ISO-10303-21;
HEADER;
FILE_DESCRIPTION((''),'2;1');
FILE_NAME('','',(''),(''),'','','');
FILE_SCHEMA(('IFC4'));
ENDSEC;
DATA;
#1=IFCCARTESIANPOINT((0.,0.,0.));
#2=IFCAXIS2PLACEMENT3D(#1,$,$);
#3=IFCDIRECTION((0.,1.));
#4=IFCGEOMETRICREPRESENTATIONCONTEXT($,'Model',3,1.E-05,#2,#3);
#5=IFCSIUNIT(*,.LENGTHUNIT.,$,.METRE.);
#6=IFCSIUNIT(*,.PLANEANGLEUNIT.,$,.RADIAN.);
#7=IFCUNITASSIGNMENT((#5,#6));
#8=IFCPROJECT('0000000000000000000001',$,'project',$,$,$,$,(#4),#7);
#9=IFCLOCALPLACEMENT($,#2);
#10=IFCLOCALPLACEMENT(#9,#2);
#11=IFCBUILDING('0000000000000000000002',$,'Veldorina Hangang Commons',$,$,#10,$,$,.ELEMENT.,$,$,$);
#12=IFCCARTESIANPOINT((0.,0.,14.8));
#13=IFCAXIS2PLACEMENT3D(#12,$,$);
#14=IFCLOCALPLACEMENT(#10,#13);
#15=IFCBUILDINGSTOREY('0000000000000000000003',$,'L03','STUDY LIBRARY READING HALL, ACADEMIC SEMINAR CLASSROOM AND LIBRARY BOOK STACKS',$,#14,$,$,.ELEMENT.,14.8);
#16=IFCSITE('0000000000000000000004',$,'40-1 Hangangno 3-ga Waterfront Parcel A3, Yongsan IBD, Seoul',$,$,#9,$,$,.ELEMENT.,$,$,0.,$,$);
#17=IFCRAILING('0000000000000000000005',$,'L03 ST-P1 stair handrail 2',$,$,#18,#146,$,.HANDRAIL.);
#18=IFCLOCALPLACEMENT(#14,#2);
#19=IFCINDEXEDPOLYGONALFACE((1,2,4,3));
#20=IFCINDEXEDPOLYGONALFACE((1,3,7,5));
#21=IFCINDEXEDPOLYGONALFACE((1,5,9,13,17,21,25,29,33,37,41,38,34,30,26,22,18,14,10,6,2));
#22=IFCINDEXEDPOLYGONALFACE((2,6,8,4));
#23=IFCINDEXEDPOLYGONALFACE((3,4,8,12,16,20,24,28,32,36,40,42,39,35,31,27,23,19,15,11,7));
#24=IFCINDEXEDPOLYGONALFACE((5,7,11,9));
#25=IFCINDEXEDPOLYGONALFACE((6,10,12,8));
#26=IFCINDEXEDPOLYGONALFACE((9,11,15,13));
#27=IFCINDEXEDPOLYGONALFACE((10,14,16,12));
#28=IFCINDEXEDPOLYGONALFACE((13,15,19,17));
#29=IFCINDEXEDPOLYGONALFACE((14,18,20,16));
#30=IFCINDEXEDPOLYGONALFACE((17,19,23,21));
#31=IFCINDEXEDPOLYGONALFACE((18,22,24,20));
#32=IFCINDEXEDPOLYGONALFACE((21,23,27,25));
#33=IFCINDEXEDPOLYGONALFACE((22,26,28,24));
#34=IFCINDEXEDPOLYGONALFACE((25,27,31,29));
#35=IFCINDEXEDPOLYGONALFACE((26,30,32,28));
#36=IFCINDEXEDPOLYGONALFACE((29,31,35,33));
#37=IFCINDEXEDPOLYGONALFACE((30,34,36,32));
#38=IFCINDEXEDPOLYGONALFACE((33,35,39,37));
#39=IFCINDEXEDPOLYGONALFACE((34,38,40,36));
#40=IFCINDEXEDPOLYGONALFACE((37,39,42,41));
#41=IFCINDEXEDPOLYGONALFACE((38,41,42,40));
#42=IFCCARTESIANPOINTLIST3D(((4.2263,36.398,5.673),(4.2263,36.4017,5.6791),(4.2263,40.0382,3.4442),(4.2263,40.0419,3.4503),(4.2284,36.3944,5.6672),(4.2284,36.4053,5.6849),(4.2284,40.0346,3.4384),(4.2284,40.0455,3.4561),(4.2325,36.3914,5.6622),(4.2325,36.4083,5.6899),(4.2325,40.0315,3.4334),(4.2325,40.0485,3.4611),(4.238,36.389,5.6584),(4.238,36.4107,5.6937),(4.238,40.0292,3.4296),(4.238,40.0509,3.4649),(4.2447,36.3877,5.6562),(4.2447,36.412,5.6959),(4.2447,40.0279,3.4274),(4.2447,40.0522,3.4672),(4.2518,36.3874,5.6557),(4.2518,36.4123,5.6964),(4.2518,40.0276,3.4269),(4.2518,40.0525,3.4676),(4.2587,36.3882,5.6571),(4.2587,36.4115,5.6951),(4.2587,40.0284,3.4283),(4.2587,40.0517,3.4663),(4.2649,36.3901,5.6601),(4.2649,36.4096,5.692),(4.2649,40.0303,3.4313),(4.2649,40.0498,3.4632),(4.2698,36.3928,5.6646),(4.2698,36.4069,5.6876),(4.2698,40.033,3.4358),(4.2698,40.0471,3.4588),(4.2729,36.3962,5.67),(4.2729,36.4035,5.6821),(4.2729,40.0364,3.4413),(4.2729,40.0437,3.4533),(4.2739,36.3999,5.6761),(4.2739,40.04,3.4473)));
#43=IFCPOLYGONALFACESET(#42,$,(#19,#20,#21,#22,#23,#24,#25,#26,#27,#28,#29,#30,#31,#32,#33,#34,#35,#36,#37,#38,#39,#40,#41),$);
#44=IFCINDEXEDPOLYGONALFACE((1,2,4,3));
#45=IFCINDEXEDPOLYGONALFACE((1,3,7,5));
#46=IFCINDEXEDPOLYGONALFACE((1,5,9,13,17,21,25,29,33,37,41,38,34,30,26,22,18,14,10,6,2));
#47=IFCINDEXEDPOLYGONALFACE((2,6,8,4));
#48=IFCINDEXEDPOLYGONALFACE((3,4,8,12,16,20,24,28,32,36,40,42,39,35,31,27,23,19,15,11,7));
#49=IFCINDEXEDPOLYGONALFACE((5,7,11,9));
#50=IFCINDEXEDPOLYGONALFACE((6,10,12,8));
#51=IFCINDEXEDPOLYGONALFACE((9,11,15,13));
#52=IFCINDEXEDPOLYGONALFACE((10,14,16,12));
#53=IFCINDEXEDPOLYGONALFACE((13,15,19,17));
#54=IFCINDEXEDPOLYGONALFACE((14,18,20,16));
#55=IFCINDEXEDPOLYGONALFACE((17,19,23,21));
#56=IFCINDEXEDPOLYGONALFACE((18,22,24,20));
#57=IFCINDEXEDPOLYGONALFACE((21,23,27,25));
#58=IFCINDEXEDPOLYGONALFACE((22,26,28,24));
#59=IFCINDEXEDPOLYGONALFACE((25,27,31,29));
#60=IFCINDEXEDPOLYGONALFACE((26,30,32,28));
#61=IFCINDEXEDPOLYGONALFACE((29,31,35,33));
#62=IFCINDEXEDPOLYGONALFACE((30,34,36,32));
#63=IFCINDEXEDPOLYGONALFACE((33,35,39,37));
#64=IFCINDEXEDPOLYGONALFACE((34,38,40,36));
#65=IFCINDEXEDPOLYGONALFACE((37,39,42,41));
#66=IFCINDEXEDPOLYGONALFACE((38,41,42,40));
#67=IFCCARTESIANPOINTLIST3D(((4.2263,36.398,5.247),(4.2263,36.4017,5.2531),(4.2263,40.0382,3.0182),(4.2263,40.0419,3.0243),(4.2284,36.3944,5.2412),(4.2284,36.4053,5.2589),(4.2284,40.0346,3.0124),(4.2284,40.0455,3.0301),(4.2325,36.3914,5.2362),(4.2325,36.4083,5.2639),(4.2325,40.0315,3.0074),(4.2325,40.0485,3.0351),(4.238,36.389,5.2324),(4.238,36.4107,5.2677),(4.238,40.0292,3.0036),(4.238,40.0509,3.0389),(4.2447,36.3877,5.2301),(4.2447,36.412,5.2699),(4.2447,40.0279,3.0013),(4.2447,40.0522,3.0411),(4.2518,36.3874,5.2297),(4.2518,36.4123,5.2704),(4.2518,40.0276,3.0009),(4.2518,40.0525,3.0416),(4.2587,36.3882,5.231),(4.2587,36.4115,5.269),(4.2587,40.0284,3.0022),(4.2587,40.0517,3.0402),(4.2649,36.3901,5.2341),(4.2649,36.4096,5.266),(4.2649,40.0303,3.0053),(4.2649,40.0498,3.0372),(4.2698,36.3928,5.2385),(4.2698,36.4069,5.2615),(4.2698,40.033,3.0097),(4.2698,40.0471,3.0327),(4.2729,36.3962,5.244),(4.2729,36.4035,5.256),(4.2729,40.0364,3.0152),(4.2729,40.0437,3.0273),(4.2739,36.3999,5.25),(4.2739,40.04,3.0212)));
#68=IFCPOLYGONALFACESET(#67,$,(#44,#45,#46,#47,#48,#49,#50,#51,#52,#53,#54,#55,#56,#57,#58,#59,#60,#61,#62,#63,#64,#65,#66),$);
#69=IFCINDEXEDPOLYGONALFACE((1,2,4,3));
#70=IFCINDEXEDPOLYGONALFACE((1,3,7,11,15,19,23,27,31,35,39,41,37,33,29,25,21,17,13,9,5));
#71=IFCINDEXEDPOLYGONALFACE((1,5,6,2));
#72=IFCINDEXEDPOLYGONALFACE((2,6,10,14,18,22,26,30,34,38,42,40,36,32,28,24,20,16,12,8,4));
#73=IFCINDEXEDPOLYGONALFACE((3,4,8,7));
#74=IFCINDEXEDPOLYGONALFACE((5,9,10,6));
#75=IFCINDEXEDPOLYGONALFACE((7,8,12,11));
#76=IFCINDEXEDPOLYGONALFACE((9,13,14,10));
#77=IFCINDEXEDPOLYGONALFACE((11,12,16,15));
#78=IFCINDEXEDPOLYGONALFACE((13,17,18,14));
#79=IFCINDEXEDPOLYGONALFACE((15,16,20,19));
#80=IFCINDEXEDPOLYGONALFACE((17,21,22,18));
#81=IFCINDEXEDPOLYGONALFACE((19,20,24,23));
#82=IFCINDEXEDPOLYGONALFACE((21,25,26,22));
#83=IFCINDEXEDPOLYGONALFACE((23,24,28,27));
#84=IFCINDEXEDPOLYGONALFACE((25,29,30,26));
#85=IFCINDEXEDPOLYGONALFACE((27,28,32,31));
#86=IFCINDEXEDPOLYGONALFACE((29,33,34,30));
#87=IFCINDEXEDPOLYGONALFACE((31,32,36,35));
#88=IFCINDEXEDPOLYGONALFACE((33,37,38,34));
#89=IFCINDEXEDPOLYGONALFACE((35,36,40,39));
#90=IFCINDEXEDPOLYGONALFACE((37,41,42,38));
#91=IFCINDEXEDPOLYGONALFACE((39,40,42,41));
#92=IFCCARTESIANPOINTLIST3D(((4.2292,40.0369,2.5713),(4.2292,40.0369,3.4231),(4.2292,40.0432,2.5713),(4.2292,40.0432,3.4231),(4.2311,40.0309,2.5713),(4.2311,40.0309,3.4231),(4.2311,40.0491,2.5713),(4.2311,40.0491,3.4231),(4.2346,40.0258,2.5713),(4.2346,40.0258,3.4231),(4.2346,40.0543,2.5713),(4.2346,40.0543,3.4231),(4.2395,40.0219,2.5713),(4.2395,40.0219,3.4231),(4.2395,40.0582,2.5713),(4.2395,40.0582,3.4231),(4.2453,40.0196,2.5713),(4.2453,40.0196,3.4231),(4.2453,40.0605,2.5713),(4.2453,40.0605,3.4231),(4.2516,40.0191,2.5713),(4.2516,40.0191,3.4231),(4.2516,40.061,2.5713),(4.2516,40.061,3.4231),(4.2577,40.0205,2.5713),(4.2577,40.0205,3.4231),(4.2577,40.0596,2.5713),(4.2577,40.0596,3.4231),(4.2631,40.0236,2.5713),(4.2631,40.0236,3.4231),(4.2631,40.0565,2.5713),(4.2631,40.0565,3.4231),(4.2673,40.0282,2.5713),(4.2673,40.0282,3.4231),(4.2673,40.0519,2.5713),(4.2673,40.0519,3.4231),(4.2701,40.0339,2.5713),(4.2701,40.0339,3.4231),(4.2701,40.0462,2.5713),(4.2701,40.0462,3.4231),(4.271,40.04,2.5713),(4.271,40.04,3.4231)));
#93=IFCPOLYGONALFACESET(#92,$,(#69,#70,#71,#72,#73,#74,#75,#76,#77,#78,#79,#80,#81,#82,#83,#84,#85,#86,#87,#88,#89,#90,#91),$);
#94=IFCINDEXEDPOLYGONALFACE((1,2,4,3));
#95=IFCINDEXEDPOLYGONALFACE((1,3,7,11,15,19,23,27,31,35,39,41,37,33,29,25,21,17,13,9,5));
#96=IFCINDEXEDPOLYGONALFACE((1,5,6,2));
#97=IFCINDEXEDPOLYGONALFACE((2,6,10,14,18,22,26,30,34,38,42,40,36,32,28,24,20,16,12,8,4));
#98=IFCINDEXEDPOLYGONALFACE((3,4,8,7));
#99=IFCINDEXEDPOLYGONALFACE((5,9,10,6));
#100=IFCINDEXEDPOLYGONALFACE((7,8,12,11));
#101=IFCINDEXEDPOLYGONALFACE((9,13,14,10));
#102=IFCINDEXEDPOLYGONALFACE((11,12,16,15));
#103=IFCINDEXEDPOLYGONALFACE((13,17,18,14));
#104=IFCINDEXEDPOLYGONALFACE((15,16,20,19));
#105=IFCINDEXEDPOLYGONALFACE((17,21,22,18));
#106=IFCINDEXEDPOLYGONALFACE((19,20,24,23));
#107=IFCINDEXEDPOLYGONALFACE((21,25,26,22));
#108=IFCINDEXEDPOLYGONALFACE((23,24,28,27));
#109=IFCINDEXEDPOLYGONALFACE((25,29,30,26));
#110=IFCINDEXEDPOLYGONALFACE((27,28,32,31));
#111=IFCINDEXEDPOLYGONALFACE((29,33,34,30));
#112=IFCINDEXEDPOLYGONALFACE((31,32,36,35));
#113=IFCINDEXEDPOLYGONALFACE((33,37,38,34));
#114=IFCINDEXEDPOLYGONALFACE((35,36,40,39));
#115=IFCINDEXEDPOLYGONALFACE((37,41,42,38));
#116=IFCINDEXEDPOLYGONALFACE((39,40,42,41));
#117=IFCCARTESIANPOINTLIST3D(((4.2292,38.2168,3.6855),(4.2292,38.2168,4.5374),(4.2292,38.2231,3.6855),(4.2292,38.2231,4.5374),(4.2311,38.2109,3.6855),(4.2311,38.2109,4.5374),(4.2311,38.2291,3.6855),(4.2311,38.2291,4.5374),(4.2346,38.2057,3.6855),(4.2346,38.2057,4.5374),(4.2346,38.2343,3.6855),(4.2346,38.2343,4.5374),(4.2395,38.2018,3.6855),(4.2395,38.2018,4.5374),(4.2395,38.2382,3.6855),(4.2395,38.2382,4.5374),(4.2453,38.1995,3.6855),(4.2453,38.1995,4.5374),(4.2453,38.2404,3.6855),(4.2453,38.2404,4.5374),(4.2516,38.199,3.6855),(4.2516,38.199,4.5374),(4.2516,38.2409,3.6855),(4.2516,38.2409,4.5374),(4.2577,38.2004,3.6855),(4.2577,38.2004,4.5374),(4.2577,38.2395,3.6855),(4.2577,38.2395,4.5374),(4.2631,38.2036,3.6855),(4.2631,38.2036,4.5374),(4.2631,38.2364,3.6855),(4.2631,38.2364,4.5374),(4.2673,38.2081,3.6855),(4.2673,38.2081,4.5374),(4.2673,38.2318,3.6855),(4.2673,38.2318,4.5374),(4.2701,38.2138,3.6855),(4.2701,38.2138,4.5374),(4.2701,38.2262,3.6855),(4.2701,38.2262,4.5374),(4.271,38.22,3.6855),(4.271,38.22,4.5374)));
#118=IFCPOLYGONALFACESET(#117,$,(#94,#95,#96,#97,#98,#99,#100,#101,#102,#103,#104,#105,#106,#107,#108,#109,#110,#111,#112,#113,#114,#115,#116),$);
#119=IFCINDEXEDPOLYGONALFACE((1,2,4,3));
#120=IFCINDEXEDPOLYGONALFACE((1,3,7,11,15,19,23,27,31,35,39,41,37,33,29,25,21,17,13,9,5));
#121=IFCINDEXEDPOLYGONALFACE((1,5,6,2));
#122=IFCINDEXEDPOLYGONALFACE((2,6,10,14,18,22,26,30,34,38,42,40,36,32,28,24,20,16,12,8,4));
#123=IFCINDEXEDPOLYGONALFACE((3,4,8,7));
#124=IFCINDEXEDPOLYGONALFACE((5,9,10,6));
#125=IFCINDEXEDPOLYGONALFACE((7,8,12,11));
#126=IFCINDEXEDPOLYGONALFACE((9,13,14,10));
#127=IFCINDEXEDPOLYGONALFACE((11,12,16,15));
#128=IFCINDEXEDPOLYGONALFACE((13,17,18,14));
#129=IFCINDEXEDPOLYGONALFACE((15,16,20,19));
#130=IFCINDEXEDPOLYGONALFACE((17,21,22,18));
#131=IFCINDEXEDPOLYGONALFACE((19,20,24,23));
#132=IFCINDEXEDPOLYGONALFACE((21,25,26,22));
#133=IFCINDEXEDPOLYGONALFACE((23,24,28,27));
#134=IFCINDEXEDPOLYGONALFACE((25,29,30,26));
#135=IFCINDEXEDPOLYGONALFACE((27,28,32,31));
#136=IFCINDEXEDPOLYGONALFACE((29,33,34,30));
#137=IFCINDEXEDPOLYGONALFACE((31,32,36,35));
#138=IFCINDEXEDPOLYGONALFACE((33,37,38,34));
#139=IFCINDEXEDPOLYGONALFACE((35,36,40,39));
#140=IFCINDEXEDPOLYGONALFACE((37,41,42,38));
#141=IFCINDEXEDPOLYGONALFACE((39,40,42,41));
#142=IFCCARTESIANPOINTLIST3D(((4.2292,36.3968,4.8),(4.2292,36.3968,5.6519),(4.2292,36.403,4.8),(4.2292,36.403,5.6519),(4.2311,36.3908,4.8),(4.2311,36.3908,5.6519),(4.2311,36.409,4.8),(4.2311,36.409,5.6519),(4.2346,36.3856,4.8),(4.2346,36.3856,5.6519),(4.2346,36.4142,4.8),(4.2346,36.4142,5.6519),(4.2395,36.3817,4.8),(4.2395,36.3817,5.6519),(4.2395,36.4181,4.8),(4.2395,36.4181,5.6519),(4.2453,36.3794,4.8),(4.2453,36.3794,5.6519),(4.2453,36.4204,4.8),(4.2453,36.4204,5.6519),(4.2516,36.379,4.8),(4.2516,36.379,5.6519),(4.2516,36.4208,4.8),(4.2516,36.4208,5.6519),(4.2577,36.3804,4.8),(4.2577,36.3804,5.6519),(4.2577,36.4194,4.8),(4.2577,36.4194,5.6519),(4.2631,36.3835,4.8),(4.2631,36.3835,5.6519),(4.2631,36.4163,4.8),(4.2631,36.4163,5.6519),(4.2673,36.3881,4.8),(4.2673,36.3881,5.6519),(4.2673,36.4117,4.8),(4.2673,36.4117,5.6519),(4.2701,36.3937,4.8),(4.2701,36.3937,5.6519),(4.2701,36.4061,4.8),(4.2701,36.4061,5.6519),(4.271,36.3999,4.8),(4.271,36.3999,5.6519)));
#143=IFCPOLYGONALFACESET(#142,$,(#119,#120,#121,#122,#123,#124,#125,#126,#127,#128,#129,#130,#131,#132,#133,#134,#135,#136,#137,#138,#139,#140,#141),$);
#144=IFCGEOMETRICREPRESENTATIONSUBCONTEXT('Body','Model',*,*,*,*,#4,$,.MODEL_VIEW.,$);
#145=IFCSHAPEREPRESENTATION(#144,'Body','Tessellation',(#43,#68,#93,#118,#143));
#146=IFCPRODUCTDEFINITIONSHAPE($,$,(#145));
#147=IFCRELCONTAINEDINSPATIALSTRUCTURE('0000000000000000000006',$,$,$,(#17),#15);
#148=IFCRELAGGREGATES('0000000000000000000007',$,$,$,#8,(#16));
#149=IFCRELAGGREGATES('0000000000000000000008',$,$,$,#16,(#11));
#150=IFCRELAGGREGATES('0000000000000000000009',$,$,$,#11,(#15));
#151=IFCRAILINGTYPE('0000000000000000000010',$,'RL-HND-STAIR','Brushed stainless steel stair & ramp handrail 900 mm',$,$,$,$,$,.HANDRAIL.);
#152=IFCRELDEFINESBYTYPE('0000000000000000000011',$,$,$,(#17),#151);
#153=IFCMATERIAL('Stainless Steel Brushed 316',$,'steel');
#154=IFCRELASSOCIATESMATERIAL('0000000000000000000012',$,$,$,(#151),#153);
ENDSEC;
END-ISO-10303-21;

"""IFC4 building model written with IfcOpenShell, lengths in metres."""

from ifc_helpers import new_model, si_unit, direction, frame, origin, origin_2d, place, context, subcontext, project, spatial, circle, extrude, material, type_object, element, save


model = new_model("IFC4")

# Units and contexts
model_context = context("Model", 3, precision=1e-05, world=origin(), true_north=direction((0.0, 1.0)))
body_context = subcontext(model_context, "Body", "Model", "MODEL_VIEW")
ifc_project = project(units=[si_unit("LENGTHUNIT", "METRE"), si_unit("PLANEANGLEUNIT", "RADIAN")], contexts=[model_context])

# Site, building, storey
site_placement = place(None, origin())
site = spatial("IfcSite", under=ifc_project, at=site_placement, Name="40-1 Hangangno 3-ga Waterfront Parcel A3, Yongsan IBD, Seoul", CompositionType="ELEMENT", RefElevation=0.0)
building_placement = place(site_placement, origin())
building = spatial("IfcBuilding", under=site, at=building_placement, Name="Veldorina Hangang Commons", CompositionType="ELEMENT")
storey_placement = place(building_placement, frame((0.0, 0.0, 14.8)))
storey = spatial("IfcBuildingStorey", under=building, at=storey_placement, Name="L03", Description="STUDY LIBRARY READING HALL, ACADEMIC SEMINAR CLASSROOM AND LIBRARY BOOK STACKS", CompositionType="ELEMENT", Elevation=14.8)

# Railing
ifc_material_1 = material(Name="Stainless Steel Brushed 316", Category="steel")
railing_type_1 = type_object("IfcRailingType", Name="RL-HND-STAIR", Description="Brushed stainless steel stair & ramp handrail 900 mm", PredefinedType="HANDRAIL", material=ifc_material_1)
railing_1_placement = place(storey_placement, frame((4.25, 40.04, 2.5713)))
element("IfcRailing", 1, at=railing_1_placement, inside=storey, type_object=railing_type_1, Name="L03 ST-P1 stair handrail 2", PredefinedType="HANDRAIL", context=body_context, shape_type="SweptSolid", body=[
    extrude(circle(Radius=0.0239, at=origin_2d()), frame((0.0, 0.0, 0.876), z_axis=(0.0, -0.85284, 0.522172), x_axis=(1.0, 0.0, 0.0)), (0.0, 0.0, 1.0), 4.2683),
    extrude(circle(Radius=0.0239, at=origin_2d()), frame((0.0, 0.0, 0.45), z_axis=(0.0, -0.85284, 0.522172), x_axis=(1.0, 0.0, 0.0)), (0.0, 0.0, 1.0), 4.2683),
    extrude(circle(Radius=0.021, at=origin_2d()), origin(), (0.0, 0.0, 1.0), 0.8518),
    extrude(circle(Radius=0.021, at=origin_2d()), frame((0.0, -1.8201, 1.1143)), (0.0, 0.0, 1.0), 0.8518),
    extrude(circle(Radius=0.021, at=origin_2d()), frame((0.0, -3.6401, 2.2288)), (0.0, 0.0, 1.0), 0.8518),
])

save(model, "model.ifc")
